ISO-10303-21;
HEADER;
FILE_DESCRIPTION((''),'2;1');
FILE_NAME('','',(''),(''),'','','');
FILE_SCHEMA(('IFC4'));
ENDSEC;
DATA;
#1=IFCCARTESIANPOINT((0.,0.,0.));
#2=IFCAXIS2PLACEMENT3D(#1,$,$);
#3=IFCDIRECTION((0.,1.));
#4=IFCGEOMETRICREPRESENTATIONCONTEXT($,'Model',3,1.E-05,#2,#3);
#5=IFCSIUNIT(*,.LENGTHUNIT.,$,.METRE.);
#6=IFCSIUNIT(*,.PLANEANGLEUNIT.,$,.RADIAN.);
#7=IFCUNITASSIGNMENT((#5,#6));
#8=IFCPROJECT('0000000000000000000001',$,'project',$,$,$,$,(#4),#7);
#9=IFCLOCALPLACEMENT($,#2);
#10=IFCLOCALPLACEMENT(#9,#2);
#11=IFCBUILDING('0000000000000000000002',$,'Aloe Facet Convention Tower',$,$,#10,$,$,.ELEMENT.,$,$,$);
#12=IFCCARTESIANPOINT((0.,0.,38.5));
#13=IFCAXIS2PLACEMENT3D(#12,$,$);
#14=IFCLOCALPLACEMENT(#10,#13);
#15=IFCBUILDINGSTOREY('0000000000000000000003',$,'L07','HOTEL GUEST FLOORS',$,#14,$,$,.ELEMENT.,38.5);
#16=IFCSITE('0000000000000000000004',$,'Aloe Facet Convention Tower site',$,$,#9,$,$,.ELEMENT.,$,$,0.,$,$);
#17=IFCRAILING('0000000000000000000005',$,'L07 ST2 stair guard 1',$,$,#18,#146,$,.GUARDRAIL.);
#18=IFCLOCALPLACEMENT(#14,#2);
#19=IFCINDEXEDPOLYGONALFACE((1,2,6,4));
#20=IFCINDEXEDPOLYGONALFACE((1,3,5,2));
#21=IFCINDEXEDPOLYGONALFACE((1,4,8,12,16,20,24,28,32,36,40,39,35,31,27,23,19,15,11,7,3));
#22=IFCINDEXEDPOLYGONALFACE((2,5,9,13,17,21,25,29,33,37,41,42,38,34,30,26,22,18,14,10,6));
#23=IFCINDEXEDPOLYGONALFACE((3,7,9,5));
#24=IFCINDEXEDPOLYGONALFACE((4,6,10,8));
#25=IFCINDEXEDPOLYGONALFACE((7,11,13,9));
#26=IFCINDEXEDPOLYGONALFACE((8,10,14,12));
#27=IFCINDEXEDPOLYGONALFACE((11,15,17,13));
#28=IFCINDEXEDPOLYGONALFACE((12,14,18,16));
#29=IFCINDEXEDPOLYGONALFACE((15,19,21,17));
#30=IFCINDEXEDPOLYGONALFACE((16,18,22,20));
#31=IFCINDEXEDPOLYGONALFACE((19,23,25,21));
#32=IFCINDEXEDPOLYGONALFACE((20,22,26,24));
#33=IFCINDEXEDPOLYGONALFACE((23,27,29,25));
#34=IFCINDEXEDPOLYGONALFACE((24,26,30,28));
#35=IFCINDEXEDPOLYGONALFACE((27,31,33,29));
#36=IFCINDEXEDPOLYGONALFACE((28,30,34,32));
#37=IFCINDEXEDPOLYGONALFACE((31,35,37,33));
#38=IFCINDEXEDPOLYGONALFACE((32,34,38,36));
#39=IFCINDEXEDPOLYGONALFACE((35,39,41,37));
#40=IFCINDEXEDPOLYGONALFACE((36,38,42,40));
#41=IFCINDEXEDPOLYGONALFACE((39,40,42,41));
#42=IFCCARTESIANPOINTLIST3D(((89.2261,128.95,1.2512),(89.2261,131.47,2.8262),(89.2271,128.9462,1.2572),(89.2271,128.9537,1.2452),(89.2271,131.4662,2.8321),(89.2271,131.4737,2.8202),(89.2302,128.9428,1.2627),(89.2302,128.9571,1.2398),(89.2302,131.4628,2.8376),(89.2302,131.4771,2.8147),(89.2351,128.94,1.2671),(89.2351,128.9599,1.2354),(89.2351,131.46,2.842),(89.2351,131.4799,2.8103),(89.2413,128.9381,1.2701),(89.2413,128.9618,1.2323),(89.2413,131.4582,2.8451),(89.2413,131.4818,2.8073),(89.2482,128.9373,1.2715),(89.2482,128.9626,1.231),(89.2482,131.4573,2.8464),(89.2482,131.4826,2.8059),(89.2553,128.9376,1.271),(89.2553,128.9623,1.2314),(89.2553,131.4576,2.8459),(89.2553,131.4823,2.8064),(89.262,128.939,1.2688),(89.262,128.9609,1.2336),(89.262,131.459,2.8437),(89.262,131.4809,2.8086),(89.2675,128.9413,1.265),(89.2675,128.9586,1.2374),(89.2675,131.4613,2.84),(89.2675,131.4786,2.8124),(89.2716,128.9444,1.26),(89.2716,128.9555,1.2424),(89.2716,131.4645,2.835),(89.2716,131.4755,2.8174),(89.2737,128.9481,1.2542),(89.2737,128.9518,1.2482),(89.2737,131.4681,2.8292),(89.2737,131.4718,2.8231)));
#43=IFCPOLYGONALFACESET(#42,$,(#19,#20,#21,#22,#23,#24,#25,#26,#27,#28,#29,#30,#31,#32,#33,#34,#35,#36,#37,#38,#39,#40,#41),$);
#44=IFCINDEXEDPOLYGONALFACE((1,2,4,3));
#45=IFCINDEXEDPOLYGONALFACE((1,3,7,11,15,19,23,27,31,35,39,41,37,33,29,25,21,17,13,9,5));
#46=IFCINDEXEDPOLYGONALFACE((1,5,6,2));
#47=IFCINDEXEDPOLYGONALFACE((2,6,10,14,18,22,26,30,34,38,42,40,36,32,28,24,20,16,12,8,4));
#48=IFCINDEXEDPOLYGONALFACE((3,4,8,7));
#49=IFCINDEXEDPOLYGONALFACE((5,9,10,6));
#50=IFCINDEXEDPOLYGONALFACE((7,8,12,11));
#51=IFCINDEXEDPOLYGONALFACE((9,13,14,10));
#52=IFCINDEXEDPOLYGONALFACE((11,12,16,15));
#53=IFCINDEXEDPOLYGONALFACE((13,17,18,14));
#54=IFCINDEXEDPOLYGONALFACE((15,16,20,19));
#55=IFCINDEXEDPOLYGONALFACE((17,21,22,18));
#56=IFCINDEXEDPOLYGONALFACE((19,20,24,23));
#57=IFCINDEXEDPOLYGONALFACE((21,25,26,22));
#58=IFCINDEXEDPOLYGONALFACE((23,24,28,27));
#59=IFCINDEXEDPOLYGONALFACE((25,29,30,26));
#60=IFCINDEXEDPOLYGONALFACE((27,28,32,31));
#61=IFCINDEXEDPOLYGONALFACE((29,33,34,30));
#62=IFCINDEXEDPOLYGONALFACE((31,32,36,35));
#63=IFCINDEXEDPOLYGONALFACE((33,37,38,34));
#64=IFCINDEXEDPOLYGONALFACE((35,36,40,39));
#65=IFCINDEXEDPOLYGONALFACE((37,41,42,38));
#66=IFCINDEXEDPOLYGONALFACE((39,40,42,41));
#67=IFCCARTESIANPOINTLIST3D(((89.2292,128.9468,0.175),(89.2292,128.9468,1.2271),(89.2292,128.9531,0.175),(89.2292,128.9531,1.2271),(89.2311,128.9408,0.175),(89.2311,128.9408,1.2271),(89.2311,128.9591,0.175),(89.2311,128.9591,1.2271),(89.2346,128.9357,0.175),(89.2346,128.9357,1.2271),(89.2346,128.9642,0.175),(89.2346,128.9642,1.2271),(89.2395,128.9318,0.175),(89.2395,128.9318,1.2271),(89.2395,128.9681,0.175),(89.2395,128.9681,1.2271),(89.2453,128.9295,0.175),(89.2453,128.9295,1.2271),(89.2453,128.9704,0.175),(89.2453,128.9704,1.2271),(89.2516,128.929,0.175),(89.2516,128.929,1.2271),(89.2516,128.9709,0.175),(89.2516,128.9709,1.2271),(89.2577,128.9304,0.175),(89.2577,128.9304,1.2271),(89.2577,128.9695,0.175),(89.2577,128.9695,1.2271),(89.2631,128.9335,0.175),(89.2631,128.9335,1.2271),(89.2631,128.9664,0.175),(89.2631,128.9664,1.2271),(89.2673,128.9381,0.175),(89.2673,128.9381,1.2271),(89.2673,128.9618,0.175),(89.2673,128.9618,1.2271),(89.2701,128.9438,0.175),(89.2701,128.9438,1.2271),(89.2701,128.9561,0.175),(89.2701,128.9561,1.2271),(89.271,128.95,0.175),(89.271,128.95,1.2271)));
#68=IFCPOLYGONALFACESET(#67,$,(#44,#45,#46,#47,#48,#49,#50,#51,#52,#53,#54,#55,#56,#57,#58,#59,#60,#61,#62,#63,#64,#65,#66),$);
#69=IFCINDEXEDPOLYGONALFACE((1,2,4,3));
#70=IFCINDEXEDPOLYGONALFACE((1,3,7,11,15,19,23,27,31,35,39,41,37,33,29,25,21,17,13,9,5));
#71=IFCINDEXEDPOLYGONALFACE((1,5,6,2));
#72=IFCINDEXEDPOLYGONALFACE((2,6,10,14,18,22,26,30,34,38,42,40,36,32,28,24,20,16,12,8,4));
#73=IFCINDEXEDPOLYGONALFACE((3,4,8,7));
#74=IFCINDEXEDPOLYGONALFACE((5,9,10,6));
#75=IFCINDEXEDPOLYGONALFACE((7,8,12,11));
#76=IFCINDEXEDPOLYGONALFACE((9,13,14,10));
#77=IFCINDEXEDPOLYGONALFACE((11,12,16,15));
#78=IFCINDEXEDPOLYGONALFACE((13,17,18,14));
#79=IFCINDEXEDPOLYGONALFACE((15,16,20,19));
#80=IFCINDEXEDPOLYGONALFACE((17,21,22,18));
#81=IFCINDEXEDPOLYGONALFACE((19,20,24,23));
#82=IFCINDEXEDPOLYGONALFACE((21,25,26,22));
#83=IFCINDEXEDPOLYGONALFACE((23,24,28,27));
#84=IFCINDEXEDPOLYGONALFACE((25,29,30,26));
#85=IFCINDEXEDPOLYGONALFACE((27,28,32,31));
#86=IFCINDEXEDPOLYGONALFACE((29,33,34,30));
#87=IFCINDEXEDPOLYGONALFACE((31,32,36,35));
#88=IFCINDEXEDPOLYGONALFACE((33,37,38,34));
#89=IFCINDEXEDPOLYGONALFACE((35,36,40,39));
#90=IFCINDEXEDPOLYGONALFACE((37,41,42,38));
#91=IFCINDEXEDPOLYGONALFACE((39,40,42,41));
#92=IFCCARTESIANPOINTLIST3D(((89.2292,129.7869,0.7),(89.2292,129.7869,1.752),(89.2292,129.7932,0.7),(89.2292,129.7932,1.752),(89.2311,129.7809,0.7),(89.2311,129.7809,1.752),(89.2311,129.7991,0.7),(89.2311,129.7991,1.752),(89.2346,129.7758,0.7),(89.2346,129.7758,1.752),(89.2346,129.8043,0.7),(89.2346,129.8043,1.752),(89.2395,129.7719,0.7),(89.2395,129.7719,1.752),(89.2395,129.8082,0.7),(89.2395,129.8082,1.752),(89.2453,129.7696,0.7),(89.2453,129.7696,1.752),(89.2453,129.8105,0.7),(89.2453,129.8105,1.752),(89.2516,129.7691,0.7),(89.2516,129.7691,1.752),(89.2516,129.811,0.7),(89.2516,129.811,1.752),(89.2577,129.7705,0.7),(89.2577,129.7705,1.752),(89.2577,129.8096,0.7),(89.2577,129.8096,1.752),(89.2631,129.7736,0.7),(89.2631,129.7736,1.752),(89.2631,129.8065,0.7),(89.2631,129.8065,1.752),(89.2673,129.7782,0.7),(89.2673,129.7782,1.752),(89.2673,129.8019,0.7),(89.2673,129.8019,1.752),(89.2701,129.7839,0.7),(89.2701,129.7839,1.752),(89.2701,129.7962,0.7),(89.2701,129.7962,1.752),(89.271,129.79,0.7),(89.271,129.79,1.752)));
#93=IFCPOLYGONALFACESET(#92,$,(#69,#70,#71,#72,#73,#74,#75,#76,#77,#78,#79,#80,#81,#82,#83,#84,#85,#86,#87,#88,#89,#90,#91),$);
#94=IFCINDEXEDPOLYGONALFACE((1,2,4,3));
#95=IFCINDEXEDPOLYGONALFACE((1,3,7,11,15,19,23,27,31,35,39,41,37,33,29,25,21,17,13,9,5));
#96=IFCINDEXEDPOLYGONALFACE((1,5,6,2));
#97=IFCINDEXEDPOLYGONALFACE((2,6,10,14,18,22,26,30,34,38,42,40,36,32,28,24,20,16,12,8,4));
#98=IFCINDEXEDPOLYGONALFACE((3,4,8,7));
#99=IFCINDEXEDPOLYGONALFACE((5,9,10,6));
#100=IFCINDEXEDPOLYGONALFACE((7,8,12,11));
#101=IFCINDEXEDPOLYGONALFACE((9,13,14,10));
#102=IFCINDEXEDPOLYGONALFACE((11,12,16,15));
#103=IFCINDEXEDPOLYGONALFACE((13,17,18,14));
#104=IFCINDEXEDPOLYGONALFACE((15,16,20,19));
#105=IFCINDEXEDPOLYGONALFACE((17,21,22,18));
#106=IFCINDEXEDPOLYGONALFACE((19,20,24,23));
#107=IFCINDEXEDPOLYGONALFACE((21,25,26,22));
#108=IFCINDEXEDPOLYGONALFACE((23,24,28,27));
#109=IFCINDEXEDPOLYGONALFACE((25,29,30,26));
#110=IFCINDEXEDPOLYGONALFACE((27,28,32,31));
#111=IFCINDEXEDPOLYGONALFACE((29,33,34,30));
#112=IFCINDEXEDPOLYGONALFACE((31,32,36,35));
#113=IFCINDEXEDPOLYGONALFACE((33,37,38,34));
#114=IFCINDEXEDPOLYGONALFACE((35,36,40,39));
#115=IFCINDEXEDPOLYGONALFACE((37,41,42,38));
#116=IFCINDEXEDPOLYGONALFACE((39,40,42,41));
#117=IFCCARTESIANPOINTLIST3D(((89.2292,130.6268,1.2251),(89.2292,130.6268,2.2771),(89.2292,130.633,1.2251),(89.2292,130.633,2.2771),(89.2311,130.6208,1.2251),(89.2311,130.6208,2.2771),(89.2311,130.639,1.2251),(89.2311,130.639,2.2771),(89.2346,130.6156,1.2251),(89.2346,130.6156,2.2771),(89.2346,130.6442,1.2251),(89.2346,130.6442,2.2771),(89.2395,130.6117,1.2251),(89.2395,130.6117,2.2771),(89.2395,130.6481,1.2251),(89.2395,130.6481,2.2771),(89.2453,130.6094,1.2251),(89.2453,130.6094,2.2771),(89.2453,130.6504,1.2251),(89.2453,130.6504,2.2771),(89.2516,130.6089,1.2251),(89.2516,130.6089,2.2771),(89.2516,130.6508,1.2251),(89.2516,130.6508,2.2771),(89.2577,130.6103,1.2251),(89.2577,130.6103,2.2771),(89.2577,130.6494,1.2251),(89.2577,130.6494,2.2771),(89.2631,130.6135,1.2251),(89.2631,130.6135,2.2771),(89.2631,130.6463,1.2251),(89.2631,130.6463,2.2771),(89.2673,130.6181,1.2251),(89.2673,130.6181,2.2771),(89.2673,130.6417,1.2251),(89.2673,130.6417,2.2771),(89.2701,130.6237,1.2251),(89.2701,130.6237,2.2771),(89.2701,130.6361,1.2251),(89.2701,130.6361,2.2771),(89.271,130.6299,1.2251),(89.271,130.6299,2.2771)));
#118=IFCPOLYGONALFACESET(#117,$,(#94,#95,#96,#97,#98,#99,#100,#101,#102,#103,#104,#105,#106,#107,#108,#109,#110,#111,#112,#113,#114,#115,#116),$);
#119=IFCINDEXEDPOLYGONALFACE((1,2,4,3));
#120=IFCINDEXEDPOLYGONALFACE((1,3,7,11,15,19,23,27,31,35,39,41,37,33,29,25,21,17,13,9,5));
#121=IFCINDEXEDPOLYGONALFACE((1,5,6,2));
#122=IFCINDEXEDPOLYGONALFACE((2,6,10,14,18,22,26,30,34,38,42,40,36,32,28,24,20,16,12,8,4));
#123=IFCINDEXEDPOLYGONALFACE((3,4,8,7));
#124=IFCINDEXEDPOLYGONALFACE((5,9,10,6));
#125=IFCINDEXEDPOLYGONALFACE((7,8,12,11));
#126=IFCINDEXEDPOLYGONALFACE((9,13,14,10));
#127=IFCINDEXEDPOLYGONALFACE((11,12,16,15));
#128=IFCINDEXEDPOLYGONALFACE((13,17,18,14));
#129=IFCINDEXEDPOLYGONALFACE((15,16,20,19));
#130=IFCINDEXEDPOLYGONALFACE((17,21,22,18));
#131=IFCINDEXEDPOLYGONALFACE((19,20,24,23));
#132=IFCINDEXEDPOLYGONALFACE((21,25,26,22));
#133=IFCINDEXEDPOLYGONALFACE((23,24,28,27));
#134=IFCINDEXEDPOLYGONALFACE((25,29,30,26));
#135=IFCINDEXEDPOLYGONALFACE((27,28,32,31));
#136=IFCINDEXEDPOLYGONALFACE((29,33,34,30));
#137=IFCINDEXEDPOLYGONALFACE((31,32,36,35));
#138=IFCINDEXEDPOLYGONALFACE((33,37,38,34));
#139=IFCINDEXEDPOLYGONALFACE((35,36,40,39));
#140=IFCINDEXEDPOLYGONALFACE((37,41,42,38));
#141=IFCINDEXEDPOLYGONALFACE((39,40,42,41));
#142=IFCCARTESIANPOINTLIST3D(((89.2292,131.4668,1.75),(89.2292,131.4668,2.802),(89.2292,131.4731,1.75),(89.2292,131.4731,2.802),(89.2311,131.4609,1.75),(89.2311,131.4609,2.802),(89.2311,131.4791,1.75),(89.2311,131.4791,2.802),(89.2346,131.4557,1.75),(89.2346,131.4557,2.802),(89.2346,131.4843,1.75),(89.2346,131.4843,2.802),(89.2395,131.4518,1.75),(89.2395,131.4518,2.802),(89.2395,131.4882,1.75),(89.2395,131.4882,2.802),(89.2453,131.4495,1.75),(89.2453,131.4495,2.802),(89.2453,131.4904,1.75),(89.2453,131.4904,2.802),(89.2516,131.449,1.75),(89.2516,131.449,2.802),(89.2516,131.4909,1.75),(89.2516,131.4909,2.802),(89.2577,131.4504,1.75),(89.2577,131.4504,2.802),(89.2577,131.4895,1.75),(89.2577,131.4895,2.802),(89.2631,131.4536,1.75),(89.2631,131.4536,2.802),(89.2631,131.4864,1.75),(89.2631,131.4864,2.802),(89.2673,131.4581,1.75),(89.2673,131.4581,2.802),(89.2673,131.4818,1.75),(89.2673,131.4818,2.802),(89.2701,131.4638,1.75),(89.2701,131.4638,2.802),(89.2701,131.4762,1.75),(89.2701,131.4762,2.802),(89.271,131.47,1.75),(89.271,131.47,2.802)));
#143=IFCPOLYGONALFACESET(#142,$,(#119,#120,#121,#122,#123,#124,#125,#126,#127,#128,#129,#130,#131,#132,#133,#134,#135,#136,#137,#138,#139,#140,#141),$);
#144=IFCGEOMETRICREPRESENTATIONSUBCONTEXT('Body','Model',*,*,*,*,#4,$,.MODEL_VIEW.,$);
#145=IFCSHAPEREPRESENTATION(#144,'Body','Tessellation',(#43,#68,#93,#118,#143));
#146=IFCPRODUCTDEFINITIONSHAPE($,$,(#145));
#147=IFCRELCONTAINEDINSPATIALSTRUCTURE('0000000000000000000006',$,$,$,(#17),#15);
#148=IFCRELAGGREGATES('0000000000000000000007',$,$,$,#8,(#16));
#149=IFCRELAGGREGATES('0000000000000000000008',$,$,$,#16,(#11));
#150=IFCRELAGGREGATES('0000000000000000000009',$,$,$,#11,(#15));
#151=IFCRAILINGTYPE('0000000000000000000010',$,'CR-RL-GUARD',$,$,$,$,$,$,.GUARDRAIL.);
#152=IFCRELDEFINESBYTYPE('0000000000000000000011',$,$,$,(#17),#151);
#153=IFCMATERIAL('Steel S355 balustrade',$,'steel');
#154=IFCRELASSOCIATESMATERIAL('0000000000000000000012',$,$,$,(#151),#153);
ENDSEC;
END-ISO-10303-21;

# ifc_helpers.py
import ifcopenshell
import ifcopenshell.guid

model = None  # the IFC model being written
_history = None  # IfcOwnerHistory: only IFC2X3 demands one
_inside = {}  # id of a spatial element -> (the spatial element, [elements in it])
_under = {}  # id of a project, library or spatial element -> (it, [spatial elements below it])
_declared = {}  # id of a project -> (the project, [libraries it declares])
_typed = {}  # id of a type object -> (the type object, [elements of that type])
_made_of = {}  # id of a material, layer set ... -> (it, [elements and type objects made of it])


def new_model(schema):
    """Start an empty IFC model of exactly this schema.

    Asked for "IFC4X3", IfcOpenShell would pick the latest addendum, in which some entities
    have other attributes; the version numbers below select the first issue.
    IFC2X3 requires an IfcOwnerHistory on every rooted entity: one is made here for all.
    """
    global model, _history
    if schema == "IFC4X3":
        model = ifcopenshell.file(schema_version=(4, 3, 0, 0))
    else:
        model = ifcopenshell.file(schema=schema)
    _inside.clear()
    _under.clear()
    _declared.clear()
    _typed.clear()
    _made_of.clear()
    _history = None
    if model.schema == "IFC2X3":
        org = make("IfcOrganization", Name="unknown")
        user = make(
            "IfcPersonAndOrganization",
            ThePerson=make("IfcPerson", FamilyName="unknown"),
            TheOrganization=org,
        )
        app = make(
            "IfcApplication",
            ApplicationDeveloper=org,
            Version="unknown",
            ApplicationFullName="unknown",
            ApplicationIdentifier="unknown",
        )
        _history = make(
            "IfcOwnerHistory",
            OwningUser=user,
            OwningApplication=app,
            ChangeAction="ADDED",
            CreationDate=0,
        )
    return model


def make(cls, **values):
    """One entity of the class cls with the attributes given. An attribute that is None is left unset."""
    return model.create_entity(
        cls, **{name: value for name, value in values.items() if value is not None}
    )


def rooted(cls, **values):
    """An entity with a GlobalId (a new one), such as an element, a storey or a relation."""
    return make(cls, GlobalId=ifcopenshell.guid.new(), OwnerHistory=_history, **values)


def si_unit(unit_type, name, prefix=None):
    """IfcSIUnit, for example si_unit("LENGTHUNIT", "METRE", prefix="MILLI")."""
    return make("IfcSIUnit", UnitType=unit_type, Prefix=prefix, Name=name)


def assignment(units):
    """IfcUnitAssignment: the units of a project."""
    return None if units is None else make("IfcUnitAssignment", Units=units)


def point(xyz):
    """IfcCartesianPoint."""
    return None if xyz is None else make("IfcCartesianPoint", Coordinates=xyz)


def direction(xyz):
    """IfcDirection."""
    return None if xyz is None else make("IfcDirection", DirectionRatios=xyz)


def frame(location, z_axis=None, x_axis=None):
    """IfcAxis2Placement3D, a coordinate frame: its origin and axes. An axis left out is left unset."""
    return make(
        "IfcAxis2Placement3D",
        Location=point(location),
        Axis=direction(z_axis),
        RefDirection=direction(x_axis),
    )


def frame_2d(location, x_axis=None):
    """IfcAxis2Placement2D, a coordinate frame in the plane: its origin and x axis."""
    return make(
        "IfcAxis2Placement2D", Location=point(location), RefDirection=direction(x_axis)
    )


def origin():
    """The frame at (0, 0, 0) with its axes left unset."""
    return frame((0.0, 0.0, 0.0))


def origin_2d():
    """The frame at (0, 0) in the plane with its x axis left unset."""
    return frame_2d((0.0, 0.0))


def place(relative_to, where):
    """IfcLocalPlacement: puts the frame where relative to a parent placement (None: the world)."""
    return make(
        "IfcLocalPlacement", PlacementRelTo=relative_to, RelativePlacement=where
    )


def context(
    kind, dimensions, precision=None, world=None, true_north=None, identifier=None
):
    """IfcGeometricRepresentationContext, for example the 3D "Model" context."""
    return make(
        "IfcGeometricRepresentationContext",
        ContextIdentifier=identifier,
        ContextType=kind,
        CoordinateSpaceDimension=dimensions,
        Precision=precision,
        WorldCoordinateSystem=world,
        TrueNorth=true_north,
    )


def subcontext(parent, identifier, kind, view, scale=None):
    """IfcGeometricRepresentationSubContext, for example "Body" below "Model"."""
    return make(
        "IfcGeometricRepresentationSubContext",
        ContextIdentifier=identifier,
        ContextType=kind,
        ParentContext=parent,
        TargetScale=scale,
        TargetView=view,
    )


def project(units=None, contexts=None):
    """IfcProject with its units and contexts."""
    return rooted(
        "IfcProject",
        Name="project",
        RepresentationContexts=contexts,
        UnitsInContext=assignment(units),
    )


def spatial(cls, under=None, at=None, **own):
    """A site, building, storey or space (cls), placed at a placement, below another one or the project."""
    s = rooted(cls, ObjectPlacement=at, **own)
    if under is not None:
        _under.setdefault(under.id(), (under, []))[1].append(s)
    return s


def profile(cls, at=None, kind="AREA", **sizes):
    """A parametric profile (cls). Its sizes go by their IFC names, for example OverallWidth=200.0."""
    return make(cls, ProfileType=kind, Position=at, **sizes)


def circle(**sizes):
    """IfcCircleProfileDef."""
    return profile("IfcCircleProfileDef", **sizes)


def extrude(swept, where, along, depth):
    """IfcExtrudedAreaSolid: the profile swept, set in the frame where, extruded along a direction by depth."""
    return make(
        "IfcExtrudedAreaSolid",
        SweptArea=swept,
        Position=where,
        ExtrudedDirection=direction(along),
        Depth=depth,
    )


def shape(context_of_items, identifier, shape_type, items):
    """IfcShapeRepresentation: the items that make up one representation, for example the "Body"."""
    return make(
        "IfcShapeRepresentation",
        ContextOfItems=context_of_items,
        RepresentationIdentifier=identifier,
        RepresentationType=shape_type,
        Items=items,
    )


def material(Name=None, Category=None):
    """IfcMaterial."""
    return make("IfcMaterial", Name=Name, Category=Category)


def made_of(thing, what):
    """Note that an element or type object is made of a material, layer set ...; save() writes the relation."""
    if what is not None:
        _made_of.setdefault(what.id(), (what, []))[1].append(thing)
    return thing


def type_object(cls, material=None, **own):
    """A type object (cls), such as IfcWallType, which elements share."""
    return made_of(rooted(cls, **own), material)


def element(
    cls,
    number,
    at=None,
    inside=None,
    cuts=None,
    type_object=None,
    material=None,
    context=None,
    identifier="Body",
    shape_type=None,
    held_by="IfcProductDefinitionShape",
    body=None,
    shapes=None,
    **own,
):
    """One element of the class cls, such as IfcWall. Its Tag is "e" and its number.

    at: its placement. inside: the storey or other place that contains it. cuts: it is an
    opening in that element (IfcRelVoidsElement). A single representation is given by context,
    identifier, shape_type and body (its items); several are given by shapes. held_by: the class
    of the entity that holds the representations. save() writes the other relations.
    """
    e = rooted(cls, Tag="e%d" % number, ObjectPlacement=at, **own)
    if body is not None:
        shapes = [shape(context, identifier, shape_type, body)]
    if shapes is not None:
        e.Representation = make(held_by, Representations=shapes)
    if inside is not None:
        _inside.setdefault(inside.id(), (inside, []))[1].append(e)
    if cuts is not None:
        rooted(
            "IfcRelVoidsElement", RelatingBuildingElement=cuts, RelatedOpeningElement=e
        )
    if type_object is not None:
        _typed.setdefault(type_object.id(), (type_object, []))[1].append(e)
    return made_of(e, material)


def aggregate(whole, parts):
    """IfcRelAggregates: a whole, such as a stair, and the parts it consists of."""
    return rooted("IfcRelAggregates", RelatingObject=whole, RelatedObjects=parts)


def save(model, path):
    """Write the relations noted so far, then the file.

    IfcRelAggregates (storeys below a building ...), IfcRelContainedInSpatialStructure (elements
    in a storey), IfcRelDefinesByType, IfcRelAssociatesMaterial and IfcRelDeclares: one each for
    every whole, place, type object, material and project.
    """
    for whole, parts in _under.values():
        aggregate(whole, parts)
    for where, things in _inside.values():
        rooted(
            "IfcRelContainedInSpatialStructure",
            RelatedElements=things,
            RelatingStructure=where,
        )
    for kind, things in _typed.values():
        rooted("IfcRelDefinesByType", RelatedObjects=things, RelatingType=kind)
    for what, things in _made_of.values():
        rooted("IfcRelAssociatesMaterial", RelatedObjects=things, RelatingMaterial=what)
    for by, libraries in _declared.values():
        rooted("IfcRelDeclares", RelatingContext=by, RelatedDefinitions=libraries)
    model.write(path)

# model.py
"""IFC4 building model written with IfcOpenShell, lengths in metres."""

from ifc_helpers import new_model, si_unit, direction, frame, origin, origin_2d, place, context, subcontext, project, spatial, circle, extrude, material, type_object, element, save


model = new_model("IFC4")

# Units and contexts
model_context = context("Model", 3, precision=1e-05, world=origin(), true_north=direction((0.0, 1.0)))
body_context = subcontext(model_context, "Body", "Model", "MODEL_VIEW")
ifc_project = project(units=[si_unit("LENGTHUNIT", "METRE"), si_unit("PLANEANGLEUNIT", "RADIAN")], contexts=[model_context])

# Site, building, storey
site_placement = place(None, origin())
site = spatial("IfcSite", under=ifc_project, at=site_placement, Name="Aloe Facet Convention Tower site", CompositionType="ELEMENT", RefElevation=0.0)
building_placement = place(site_placement, origin())
building = spatial("IfcBuilding", under=site, at=building_placement, Name="Aloe Facet Convention Tower", CompositionType="ELEMENT")
storey_placement = place(building_placement, frame((0.0, 0.0, 38.5)))
storey = spatial("IfcBuildingStorey", under=building, at=storey_placement, Name="L07", Description="HOTEL GUEST FLOORS", CompositionType="ELEMENT", Elevation=38.5)

# Railing
ifc_material_1 = material(Name="Steel S355 balustrade", Category="steel")
railing_type_1 = type_object("IfcRailingType", Name="CR-RL-GUARD", PredefinedType="GUARDRAIL", material=ifc_material_1)
railing_1_placement = place(storey_placement, frame((89.25, 128.95, 0.175)))
element("IfcRailing", 1, at=railing_1_placement, inside=storey, type_object=railing_type_1, Name="L07 ST2 stair guard 1", PredefinedType="GUARDRAIL", context=body_context, shape_type="SweptSolid", body=[
    extrude(circle(Radius=0.0239, at=origin_2d()), frame((0.0, 0.0, 1.0762), z_axis=(0.0, 0.848008, 0.529984), x_axis=(-1.0, 0.0, 0.0)), (0.0, 0.0, 1.0), 2.9717),
    extrude(circle(Radius=0.021, at=origin_2d()), origin(), (0.0, 0.0, 1.0), 1.052),
    extrude(circle(Radius=0.021, at=origin_2d()), frame((0.0, 0.8401, 0.5249)), (0.0, 0.0, 1.0), 1.052),
    extrude(circle(Radius=0.021, at=origin_2d()), frame((0.0, 1.6799, 1.05)), (0.0, 0.0, 1.0), 1.052),
    extrude(circle(Radius=0.021, at=origin_2d()), frame((0.0, 2.52, 1.575)), (0.0, 0.0, 1.0), 1.052),
])

save(model, "model.ifc")
